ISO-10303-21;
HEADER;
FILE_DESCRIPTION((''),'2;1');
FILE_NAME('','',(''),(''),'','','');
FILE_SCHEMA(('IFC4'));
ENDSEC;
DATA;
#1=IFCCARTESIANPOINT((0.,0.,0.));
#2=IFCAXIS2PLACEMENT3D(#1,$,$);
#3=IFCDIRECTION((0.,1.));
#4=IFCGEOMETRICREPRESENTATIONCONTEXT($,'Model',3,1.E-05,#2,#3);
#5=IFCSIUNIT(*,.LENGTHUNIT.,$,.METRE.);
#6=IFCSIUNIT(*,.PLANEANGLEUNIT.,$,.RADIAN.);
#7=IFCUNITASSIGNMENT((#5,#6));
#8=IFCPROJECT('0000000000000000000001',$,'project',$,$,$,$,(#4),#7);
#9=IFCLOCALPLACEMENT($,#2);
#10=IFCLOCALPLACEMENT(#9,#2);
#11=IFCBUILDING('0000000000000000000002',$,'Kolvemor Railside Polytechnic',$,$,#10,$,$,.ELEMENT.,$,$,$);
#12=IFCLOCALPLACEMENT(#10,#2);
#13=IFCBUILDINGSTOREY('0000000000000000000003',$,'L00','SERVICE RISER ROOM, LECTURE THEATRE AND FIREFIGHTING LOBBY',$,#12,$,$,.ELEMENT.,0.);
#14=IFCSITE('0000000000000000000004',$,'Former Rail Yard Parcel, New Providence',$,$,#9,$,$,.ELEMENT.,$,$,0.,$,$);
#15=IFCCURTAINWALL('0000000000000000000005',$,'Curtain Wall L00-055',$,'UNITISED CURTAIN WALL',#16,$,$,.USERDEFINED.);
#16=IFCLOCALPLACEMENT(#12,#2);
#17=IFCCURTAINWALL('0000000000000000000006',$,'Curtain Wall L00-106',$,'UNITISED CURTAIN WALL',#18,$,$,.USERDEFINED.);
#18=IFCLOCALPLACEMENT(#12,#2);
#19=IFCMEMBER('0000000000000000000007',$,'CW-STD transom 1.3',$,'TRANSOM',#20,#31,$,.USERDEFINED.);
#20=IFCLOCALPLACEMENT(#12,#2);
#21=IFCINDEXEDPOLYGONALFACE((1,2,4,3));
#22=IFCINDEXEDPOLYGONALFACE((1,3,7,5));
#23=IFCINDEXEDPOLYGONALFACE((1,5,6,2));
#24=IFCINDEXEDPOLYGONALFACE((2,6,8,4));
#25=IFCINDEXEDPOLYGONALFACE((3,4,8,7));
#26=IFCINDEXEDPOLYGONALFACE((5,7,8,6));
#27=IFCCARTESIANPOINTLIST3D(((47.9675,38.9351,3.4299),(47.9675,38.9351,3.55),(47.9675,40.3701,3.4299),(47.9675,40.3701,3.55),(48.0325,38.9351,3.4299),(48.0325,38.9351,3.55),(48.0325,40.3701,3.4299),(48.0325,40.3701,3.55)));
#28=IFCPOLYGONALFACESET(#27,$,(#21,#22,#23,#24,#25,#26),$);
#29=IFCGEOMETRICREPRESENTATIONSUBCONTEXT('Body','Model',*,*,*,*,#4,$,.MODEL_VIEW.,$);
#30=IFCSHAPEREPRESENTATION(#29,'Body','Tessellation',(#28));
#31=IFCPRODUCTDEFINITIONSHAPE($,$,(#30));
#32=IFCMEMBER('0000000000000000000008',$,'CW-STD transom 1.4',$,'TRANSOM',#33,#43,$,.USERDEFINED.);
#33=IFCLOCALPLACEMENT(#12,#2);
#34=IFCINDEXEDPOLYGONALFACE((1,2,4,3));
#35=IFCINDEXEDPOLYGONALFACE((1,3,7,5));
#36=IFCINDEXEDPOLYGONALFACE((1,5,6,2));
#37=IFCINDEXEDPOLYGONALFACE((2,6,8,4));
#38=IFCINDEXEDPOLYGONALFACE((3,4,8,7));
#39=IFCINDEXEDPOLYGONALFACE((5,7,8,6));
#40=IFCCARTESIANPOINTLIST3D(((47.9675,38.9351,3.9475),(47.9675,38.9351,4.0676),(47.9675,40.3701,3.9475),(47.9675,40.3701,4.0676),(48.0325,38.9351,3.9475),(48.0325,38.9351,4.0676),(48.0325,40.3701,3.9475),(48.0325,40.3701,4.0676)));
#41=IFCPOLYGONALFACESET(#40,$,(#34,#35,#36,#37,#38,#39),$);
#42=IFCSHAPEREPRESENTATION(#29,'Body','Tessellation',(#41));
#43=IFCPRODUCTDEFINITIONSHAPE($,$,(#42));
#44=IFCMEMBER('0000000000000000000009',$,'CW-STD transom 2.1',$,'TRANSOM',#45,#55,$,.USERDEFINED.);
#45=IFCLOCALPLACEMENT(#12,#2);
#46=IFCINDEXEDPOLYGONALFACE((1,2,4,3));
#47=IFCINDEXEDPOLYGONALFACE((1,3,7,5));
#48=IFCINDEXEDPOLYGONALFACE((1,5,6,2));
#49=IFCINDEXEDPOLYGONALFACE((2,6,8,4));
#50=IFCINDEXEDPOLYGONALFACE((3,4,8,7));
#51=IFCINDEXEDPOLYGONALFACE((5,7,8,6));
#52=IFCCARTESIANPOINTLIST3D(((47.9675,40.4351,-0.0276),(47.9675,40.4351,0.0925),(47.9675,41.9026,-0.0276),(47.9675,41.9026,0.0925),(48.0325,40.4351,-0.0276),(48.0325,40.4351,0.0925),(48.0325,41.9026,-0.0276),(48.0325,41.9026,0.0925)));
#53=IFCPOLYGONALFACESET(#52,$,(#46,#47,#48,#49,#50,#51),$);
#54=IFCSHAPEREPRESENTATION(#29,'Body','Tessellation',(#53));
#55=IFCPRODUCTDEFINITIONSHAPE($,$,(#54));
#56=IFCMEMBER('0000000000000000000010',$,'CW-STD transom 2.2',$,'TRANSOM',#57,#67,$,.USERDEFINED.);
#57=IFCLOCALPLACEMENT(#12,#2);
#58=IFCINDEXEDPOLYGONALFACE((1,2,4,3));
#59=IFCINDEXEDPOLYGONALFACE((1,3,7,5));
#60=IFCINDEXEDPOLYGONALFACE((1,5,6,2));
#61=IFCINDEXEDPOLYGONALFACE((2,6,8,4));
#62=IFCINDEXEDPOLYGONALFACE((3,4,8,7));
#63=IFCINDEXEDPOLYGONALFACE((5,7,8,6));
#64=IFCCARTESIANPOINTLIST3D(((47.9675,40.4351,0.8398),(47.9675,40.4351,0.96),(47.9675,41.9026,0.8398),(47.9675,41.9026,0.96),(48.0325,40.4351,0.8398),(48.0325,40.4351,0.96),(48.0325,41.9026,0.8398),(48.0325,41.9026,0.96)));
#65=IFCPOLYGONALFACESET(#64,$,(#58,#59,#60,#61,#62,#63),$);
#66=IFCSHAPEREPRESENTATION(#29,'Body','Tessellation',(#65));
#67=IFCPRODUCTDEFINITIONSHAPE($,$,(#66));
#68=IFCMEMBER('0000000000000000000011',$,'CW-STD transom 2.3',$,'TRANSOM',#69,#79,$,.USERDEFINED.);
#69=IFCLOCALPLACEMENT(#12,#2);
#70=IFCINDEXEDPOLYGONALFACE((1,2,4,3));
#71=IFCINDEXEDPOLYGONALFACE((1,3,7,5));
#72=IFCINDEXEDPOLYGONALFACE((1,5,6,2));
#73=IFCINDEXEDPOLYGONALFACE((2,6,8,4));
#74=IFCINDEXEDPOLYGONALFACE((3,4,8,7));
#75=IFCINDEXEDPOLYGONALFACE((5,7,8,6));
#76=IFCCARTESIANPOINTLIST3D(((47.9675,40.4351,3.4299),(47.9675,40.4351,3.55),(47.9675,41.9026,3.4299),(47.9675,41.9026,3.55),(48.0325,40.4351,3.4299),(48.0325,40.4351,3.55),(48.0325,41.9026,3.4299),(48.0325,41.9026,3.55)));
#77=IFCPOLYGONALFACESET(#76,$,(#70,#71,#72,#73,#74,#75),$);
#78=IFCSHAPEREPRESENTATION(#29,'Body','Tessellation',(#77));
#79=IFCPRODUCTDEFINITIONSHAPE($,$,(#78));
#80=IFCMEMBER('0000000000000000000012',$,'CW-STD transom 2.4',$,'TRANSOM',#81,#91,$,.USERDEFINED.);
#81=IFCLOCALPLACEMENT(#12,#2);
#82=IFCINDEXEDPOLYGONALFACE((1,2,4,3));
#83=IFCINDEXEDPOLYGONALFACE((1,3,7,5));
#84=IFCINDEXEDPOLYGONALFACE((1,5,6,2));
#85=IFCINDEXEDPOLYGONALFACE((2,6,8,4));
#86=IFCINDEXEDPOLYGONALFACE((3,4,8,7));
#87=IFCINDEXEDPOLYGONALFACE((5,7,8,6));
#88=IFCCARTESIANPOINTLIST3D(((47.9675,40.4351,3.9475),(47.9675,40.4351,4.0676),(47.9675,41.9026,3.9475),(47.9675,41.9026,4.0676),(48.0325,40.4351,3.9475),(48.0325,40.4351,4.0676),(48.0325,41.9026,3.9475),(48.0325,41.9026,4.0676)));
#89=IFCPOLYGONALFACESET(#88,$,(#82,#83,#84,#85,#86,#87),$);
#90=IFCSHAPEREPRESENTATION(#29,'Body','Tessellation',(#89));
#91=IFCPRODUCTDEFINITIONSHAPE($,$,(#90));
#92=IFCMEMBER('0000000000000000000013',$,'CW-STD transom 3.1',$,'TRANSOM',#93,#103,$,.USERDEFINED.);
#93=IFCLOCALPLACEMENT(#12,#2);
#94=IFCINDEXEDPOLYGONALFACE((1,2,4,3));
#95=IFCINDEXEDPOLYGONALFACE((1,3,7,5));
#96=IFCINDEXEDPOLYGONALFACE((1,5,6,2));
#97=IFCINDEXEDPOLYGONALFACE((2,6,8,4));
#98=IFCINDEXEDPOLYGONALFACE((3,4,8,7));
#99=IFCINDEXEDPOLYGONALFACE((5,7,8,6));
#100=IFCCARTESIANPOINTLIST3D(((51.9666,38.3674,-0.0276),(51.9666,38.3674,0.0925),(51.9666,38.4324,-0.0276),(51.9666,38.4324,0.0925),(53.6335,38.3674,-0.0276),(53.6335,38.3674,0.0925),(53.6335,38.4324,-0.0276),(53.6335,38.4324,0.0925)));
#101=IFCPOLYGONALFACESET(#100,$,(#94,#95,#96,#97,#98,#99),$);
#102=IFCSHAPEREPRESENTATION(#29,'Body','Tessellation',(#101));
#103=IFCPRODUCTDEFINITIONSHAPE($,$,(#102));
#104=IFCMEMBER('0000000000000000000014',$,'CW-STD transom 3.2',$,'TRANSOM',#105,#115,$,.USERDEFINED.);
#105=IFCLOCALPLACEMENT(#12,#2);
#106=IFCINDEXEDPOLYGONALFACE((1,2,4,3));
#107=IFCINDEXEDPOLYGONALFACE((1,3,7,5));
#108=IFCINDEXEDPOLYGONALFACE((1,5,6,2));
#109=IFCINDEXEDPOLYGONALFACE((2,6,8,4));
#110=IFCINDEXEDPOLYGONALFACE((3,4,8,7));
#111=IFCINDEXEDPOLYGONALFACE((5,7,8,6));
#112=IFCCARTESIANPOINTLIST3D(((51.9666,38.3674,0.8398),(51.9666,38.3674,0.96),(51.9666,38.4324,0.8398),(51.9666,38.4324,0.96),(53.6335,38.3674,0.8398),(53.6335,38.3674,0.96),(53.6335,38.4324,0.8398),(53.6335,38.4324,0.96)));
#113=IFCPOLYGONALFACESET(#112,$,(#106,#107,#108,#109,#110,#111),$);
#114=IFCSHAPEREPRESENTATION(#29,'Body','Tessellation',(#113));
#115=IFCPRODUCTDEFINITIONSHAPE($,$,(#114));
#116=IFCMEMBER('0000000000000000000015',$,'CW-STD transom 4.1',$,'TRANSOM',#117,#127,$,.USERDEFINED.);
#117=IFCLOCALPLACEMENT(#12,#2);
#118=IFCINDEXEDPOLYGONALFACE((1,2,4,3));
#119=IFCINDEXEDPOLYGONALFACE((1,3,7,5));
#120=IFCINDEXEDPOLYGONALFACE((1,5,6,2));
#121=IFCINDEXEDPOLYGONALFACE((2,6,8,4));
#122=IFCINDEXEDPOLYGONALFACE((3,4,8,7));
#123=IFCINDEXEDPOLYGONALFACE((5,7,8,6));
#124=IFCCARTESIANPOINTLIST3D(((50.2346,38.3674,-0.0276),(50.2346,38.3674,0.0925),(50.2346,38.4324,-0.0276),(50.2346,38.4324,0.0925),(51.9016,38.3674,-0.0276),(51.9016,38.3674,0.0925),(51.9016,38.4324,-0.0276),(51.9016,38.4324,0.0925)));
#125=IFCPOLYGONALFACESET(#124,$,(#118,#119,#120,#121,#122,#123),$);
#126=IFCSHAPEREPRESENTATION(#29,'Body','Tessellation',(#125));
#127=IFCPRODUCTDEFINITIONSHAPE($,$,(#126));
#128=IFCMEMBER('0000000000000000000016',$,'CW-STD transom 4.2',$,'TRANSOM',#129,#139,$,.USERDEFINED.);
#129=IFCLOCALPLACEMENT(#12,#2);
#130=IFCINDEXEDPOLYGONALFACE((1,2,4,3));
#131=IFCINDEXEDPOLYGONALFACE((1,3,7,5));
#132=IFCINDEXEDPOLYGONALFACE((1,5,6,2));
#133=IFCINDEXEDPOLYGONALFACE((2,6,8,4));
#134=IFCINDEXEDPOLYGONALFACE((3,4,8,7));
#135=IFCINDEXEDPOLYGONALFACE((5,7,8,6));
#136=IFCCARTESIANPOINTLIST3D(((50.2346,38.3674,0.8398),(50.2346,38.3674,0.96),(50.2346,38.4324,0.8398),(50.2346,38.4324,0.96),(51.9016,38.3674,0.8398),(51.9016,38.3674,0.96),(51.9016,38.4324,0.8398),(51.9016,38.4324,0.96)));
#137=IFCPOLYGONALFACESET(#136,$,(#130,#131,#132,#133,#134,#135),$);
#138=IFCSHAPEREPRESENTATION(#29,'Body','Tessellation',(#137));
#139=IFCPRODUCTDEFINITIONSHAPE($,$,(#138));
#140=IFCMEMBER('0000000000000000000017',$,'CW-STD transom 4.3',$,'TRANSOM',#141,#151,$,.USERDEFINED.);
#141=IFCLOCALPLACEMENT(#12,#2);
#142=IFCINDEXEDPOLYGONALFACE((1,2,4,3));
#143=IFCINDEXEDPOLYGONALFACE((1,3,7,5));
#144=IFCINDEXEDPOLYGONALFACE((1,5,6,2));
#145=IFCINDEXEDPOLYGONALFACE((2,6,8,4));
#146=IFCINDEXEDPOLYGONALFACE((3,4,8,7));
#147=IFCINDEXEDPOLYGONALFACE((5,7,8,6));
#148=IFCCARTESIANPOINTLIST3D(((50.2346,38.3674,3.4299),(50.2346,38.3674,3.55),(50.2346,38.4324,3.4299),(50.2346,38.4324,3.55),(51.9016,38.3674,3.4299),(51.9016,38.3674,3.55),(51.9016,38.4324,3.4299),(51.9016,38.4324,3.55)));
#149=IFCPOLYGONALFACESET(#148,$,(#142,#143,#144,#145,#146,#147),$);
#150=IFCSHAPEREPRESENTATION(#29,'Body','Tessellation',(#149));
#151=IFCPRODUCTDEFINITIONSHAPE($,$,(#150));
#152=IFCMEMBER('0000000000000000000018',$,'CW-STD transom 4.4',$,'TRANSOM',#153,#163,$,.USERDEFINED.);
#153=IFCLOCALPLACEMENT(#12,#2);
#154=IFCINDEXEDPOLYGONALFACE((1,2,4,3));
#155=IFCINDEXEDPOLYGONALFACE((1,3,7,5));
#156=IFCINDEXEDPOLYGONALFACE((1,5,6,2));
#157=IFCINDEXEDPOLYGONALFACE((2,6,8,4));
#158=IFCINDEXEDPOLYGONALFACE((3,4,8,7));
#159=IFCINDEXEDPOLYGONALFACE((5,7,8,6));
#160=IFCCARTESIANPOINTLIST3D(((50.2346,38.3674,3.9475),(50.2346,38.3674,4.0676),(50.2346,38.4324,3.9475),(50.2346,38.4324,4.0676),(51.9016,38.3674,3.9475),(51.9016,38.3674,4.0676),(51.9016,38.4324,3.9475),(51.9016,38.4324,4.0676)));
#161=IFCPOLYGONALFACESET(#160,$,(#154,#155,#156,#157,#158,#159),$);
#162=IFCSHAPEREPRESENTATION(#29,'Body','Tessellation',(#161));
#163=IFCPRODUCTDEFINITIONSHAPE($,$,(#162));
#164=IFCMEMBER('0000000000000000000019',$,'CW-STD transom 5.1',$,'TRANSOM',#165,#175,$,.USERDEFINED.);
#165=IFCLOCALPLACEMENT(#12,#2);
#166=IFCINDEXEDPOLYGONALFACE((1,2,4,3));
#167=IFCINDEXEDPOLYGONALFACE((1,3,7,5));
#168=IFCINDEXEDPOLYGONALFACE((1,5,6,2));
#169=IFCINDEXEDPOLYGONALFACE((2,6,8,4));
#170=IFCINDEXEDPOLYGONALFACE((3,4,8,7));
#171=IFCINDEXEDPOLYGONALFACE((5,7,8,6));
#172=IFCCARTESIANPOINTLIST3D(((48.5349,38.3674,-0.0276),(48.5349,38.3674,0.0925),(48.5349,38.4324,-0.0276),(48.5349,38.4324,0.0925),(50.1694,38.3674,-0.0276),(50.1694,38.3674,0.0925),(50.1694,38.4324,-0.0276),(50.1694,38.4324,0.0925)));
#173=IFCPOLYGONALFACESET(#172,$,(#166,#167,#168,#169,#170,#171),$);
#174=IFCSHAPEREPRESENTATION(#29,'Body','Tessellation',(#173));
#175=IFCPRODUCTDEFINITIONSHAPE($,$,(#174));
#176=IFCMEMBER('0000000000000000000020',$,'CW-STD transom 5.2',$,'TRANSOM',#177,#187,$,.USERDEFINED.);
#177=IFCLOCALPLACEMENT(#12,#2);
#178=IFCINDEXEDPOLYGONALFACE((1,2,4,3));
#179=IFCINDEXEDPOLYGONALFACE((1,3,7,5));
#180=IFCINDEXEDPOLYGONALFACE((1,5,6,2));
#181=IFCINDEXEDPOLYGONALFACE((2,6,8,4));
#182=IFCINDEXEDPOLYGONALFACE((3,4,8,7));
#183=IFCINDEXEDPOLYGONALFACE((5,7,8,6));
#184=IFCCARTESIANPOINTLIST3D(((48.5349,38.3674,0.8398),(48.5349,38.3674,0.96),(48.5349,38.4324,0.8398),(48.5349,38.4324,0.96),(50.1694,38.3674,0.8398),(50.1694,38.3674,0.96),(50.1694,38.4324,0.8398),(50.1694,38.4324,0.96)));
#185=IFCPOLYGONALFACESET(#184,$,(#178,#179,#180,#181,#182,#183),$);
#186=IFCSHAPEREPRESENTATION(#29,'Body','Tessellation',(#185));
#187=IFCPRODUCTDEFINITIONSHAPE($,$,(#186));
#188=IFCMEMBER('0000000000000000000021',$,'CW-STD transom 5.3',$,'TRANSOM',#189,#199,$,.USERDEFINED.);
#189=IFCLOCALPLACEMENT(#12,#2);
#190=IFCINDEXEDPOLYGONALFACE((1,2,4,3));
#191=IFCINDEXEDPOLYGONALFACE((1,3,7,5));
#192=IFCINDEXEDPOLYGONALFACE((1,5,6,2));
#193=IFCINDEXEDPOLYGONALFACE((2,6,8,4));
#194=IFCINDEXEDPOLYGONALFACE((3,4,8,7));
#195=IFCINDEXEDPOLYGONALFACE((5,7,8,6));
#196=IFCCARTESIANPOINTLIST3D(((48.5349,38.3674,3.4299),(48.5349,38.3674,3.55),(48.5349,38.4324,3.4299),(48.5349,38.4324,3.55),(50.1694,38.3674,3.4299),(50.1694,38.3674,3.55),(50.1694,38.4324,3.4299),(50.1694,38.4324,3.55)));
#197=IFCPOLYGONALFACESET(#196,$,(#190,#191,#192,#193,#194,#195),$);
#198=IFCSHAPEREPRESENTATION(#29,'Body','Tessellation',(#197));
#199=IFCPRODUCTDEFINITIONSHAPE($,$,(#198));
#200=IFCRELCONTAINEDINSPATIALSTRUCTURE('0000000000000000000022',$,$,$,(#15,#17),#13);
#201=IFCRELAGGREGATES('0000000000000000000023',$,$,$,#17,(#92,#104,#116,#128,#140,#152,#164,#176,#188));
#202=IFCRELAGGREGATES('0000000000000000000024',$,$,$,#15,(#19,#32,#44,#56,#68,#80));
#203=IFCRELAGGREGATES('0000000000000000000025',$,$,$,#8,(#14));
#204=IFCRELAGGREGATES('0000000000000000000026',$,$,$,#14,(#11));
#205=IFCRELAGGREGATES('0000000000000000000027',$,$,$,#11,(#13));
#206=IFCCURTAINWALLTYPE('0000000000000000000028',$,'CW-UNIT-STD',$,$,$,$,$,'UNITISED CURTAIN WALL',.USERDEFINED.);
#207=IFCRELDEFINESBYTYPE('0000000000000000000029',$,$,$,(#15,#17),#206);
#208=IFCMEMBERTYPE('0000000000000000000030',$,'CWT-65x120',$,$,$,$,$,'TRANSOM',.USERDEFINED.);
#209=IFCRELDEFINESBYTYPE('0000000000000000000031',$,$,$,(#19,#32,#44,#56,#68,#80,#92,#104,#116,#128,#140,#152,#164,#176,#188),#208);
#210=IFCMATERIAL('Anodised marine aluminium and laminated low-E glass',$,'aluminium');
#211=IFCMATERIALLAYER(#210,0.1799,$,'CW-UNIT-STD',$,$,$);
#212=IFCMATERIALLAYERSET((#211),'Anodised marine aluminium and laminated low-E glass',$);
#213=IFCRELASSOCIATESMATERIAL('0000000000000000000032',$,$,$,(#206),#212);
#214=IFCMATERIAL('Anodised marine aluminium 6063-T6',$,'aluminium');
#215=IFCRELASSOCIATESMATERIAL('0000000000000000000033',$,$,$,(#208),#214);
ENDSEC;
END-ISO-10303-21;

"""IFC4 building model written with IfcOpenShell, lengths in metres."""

from ifc_helpers import new_model, si_unit, direction, frame, origin, origin_2d, place, context, subcontext, project, spatial, rectangle, extrude, material, layer, layer_set, material_profile, profile_set, type_object, element, aggregate, save


model = new_model("IFC4")

# Units and contexts
model_context = context("Model", 3, precision=1e-05, world=origin(), true_north=direction((0.0, 1.0)))
body_context = subcontext(model_context, "Body", "Model", "MODEL_VIEW")
ifc_project = project(units=[si_unit("LENGTHUNIT", "METRE"), si_unit("PLANEANGLEUNIT", "RADIAN")], contexts=[model_context])

# Site, building, storey
site_placement = place(None, origin())
site = spatial("IfcSite", under=ifc_project, at=site_placement, Name="Former Rail Yard Parcel, New Providence", CompositionType="ELEMENT", RefElevation=0.0)
building_placement = place(site_placement, origin())
building = spatial("IfcBuilding", under=site, at=building_placement, Name="Kolvemor Railside Polytechnic", CompositionType="ELEMENT")
storey_placement = place(building_placement, origin())
storey = spatial("IfcBuildingStorey", under=building, at=storey_placement, Name="L00", Description="SERVICE RISER ROOM, LECTURE THEATRE AND FIREFIGHTING LOBBY", CompositionType="ELEMENT", Elevation=0.0)

# Curtain walls
ifc_material_1 = material(Name="Anodised marine aluminium and laminated low-E glass", Category="aluminium")
ifc_layer_1 = layer(ifc_material_1, 0.1799, Name="CW-UNIT-STD")
ifc_layer_set_1 = layer_set([ifc_layer_1], Name="Anodised marine aluminium and laminated low-E glass")
curtain_wall_type = type_object("IfcCurtainWallType", Name="CW-UNIT-STD", ElementType="UNITISED CURTAIN WALL", PredefinedType="USERDEFINED", material=ifc_layer_set_1)
curtain_wall_1_placement = place(storey_placement, origin())
curtain_wall_1 = element("IfcCurtainWall", 1, at=curtain_wall_1_placement, inside=storey, type_object=curtain_wall_type, Name="Curtain Wall L00-055", ObjectType="UNITISED CURTAIN WALL", PredefinedType="USERDEFINED")
curtain_wall_2_placement = place(storey_placement, origin())
curtain_wall_2 = element("IfcCurtainWall", 2, at=curtain_wall_2_placement, inside=storey, type_object=curtain_wall_type, Name="Curtain Wall L00-106", ObjectType="UNITISED CURTAIN WALL", PredefinedType="USERDEFINED")

# Members
ifc_material_2 = material(Name="Anodised marine aluminium 6063-T6", Category="aluminium")
ifc_material_profile_1 = material_profile(ifc_material_2, rectangle(XDim=0.0649, YDim=0.1201, at=origin_2d()), Name="CW-TRN-65x120")
ifc_profile_set_1 = profile_set([ifc_material_profile_1], Name="Anodised marine aluminium 6063-T6")
member_type_1 = type_object("IfcMemberType", Name="CWT-65x120", ElementType="TRANSOM", PredefinedType="USERDEFINED", material=ifc_profile_set_1)
member_1_placement = place(storey_placement, frame((48.0, 38.9351, 3.49), z_axis=(0.0, 1.0, 0.0), x_axis=(-1.0, 0.0, 0.0)))
member_1 = element("IfcMember", 3, at=member_1_placement, type_object=member_type_1, Name="CW-STD transom 1.3", ObjectType="TRANSOM", PredefinedType="USERDEFINED", context=body_context, shape_type="SweptSolid", body=[
    extrude(rectangle(XDim=0.0649, YDim=0.1201, at=origin_2d()), origin(), (0.0, 0.0, 1.0), 1.4351),
])
member_2_placement = place(storey_placement, frame((48.0, 38.9351, 4.0076), z_axis=(0.0, 1.0, 0.0), x_axis=(-1.0, 0.0, 0.0)))
member_2 = element("IfcMember", 4, at=member_2_placement, type_object=member_type_1, Name="CW-STD transom 1.4", ObjectType="TRANSOM", PredefinedType="USERDEFINED", context=body_context, shape_type="SweptSolid", body=[
    extrude(rectangle(XDim=0.0649, YDim=0.1201, at=origin_2d()), origin(), (0.0, 0.0, 1.0), 1.4351),
])
member_3_placement = place(storey_placement, frame((48.0, 40.4351, 0.0325), z_axis=(0.0, 1.0, 0.0), x_axis=(-1.0, 0.0, 0.0)))
member_3 = element("IfcMember", 5, at=member_3_placement, type_object=member_type_1, Name="CW-STD transom 2.1", ObjectType="TRANSOM", PredefinedType="USERDEFINED", context=body_context, shape_type="SweptSolid", body=[
    extrude(rectangle(XDim=0.0649, YDim=0.1201, at=origin_2d()), origin(), (0.0, 0.0, 1.0), 1.4675),
])
member_4_placement = place(storey_placement, frame((48.0, 40.4351, 0.8999), z_axis=(0.0, 1.0, 0.0), x_axis=(-1.0, 0.0, 0.0)))
member_4 = element("IfcMember", 6, at=member_4_placement, type_object=member_type_1, Name="CW-STD transom 2.2", ObjectType="TRANSOM", PredefinedType="USERDEFINED", context=body_context, shape_type="SweptSolid", body=[
    extrude(rectangle(XDim=0.0649, YDim=0.1201, at=origin_2d()), origin(), (0.0, 0.0, 1.0), 1.4675),
])
member_5_placement = place(storey_placement, frame((48.0, 40.4351, 3.49), z_axis=(0.0, 1.0, 0.0), x_axis=(-1.0, 0.0, 0.0)))
member_5 = element("IfcMember", 7, at=member_5_placement, type_object=member_type_1, Name="CW-STD transom 2.3", ObjectType="TRANSOM", PredefinedType="USERDEFINED", context=body_context, shape_type="SweptSolid", body=[
    extrude(rectangle(XDim=0.0649, YDim=0.1201, at=origin_2d()), origin(), (0.0, 0.0, 1.0), 1.4675),
])
member_6_placement = place(storey_placement, frame((48.0, 40.4351, 4.0076), z_axis=(0.0, 1.0, 0.0), x_axis=(-1.0, 0.0, 0.0)))
member_6 = element("IfcMember", 8, at=member_6_placement, type_object=member_type_1, Name="CW-STD transom 2.4", ObjectType="TRANSOM", PredefinedType="USERDEFINED", context=body_context, shape_type="SweptSolid", body=[
    extrude(rectangle(XDim=0.0649, YDim=0.1201, at=origin_2d()), origin(), (0.0, 0.0, 1.0), 1.4675),
])
member_7_placement = place(storey_placement, frame((53.6335, 38.3999, 0.0325), z_axis=(-1.0, 0.0, 0.0), x_axis=(0.0, -1.0, 0.0)))
member_7 = element("IfcMember", 9, at=member_7_placement, type_object=member_type_1, Name="CW-STD transom 3.1", ObjectType="TRANSOM", PredefinedType="USERDEFINED", context=body_context, shape_type="SweptSolid", body=[
    extrude(rectangle(XDim=0.0649, YDim=0.1201, at=origin_2d()), origin(), (0.0, 0.0, 1.0), 1.667),
])
member_8_placement = place(storey_placement, frame((53.6335, 38.3999, 0.8999), z_axis=(-1.0, 0.0, 0.0), x_axis=(0.0, -1.0, 0.0)))
member_8 = element("IfcMember", 10, at=member_8_placement, type_object=member_type_1, Name="CW-STD transom 3.2", ObjectType="TRANSOM", PredefinedType="USERDEFINED", context=body_context, shape_type="SweptSolid", body=[
    extrude(rectangle(XDim=0.0649, YDim=0.1201, at=origin_2d()), origin(), (0.0, 0.0, 1.0), 1.667),
])
member_9_placement = place(storey_placement, frame((51.9016, 38.3999, 0.0325), z_axis=(-1.0, 0.0, 0.0), x_axis=(0.0, -1.0, 0.0)))
member_9 = element("IfcMember", 11, at=member_9_placement, type_object=member_type_1, Name="CW-STD transom 4.1", ObjectType="TRANSOM", PredefinedType="USERDEFINED", context=body_context, shape_type="SweptSolid", body=[
    extrude(rectangle(XDim=0.0649, YDim=0.1201, at=origin_2d()), origin(), (0.0, 0.0, 1.0), 1.667),
])
member_10_placement = place(storey_placement, frame((51.9016, 38.3999, 0.8999), z_axis=(-1.0, 0.0, 0.0), x_axis=(0.0, -1.0, 0.0)))
member_10 = element("IfcMember", 12, at=member_10_placement, type_object=member_type_1, Name="CW-STD transom 4.2", ObjectType="TRANSOM", PredefinedType="USERDEFINED", context=body_context, shape_type="SweptSolid", body=[
    extrude(rectangle(XDim=0.0649, YDim=0.1201, at=origin_2d()), origin(), (0.0, 0.0, 1.0), 1.667),
])
member_11_placement = place(storey_placement, frame((51.9016, 38.3999, 3.49), z_axis=(-1.0, 0.0, 0.0), x_axis=(0.0, -1.0, 0.0)))
member_11 = element("IfcMember", 13, at=member_11_placement, type_object=member_type_1, Name="CW-STD transom 4.3", ObjectType="TRANSOM", PredefinedType="USERDEFINED", context=body_context, shape_type="SweptSolid", body=[
    extrude(rectangle(XDim=0.0649, YDim=0.1201, at=origin_2d()), origin(), (0.0, 0.0, 1.0), 1.667),
])
member_12_placement = place(storey_placement, frame((51.9016, 38.3999, 4.0076), z_axis=(-1.0, 0.0, 0.0), x_axis=(0.0, -1.0, 0.0)))
member_12 = element("IfcMember", 14, at=member_12_placement, type_object=member_type_1, Name="CW-STD transom 4.4", ObjectType="TRANSOM", PredefinedType="USERDEFINED", context=body_context, shape_type="SweptSolid", body=[
    extrude(rectangle(XDim=0.0649, YDim=0.1201, at=origin_2d()), origin(), (0.0, 0.0, 1.0), 1.667),
])
member_13_placement = place(storey_placement, frame((50.1694, 38.3999, 0.0325), z_axis=(-1.0, 0.0, 0.0), x_axis=(0.0, -1.0, 0.0)))
member_13 = element("IfcMember", 15, at=member_13_placement, type_object=member_type_1, Name="CW-STD transom 5.1", ObjectType="TRANSOM", PredefinedType="USERDEFINED", context=body_context, shape_type="SweptSolid", body=[
    extrude(rectangle(XDim=0.0649, YDim=0.1201, at=origin_2d()), origin(), (0.0, 0.0, 1.0), 1.6345),
])
member_14_placement = place(storey_placement, frame((50.1694, 38.3999, 0.8999), z_axis=(-1.0, 0.0, 0.0), x_axis=(0.0, -1.0, 0.0)))
member_14 = element("IfcMember", 16, at=member_14_placement, type_object=member_type_1, Name="CW-STD transom 5.2", ObjectType="TRANSOM", PredefinedType="USERDEFINED", context=body_context, shape_type="SweptSolid", body=[
    extrude(rectangle(XDim=0.0649, YDim=0.1201, at=origin_2d()), origin(), (0.0, 0.0, 1.0), 1.6345),
])
member_15_placement = place(storey_placement, frame((50.1694, 38.3999, 3.49), z_axis=(-1.0, 0.0, 0.0), x_axis=(0.0, -1.0, 0.0)))
member_15 = element("IfcMember", 17, at=member_15_placement, type_object=member_type_1, Name="CW-STD transom 5.3", ObjectType="TRANSOM", PredefinedType="USERDEFINED", context=body_context, shape_type="SweptSolid", body=[
    extrude(rectangle(XDim=0.0649, YDim=0.1201, at=origin_2d()), origin(), (0.0, 0.0, 1.0), 1.6345),
])

aggregate(curtain_wall_2, [member_7, member_8, member_9, member_10, member_11, member_12, member_13, member_14, member_15])
aggregate(curtain_wall_1, [member_1, member_2, member_3, member_4, member_5, member_6])

save(model, "model.ifc")
